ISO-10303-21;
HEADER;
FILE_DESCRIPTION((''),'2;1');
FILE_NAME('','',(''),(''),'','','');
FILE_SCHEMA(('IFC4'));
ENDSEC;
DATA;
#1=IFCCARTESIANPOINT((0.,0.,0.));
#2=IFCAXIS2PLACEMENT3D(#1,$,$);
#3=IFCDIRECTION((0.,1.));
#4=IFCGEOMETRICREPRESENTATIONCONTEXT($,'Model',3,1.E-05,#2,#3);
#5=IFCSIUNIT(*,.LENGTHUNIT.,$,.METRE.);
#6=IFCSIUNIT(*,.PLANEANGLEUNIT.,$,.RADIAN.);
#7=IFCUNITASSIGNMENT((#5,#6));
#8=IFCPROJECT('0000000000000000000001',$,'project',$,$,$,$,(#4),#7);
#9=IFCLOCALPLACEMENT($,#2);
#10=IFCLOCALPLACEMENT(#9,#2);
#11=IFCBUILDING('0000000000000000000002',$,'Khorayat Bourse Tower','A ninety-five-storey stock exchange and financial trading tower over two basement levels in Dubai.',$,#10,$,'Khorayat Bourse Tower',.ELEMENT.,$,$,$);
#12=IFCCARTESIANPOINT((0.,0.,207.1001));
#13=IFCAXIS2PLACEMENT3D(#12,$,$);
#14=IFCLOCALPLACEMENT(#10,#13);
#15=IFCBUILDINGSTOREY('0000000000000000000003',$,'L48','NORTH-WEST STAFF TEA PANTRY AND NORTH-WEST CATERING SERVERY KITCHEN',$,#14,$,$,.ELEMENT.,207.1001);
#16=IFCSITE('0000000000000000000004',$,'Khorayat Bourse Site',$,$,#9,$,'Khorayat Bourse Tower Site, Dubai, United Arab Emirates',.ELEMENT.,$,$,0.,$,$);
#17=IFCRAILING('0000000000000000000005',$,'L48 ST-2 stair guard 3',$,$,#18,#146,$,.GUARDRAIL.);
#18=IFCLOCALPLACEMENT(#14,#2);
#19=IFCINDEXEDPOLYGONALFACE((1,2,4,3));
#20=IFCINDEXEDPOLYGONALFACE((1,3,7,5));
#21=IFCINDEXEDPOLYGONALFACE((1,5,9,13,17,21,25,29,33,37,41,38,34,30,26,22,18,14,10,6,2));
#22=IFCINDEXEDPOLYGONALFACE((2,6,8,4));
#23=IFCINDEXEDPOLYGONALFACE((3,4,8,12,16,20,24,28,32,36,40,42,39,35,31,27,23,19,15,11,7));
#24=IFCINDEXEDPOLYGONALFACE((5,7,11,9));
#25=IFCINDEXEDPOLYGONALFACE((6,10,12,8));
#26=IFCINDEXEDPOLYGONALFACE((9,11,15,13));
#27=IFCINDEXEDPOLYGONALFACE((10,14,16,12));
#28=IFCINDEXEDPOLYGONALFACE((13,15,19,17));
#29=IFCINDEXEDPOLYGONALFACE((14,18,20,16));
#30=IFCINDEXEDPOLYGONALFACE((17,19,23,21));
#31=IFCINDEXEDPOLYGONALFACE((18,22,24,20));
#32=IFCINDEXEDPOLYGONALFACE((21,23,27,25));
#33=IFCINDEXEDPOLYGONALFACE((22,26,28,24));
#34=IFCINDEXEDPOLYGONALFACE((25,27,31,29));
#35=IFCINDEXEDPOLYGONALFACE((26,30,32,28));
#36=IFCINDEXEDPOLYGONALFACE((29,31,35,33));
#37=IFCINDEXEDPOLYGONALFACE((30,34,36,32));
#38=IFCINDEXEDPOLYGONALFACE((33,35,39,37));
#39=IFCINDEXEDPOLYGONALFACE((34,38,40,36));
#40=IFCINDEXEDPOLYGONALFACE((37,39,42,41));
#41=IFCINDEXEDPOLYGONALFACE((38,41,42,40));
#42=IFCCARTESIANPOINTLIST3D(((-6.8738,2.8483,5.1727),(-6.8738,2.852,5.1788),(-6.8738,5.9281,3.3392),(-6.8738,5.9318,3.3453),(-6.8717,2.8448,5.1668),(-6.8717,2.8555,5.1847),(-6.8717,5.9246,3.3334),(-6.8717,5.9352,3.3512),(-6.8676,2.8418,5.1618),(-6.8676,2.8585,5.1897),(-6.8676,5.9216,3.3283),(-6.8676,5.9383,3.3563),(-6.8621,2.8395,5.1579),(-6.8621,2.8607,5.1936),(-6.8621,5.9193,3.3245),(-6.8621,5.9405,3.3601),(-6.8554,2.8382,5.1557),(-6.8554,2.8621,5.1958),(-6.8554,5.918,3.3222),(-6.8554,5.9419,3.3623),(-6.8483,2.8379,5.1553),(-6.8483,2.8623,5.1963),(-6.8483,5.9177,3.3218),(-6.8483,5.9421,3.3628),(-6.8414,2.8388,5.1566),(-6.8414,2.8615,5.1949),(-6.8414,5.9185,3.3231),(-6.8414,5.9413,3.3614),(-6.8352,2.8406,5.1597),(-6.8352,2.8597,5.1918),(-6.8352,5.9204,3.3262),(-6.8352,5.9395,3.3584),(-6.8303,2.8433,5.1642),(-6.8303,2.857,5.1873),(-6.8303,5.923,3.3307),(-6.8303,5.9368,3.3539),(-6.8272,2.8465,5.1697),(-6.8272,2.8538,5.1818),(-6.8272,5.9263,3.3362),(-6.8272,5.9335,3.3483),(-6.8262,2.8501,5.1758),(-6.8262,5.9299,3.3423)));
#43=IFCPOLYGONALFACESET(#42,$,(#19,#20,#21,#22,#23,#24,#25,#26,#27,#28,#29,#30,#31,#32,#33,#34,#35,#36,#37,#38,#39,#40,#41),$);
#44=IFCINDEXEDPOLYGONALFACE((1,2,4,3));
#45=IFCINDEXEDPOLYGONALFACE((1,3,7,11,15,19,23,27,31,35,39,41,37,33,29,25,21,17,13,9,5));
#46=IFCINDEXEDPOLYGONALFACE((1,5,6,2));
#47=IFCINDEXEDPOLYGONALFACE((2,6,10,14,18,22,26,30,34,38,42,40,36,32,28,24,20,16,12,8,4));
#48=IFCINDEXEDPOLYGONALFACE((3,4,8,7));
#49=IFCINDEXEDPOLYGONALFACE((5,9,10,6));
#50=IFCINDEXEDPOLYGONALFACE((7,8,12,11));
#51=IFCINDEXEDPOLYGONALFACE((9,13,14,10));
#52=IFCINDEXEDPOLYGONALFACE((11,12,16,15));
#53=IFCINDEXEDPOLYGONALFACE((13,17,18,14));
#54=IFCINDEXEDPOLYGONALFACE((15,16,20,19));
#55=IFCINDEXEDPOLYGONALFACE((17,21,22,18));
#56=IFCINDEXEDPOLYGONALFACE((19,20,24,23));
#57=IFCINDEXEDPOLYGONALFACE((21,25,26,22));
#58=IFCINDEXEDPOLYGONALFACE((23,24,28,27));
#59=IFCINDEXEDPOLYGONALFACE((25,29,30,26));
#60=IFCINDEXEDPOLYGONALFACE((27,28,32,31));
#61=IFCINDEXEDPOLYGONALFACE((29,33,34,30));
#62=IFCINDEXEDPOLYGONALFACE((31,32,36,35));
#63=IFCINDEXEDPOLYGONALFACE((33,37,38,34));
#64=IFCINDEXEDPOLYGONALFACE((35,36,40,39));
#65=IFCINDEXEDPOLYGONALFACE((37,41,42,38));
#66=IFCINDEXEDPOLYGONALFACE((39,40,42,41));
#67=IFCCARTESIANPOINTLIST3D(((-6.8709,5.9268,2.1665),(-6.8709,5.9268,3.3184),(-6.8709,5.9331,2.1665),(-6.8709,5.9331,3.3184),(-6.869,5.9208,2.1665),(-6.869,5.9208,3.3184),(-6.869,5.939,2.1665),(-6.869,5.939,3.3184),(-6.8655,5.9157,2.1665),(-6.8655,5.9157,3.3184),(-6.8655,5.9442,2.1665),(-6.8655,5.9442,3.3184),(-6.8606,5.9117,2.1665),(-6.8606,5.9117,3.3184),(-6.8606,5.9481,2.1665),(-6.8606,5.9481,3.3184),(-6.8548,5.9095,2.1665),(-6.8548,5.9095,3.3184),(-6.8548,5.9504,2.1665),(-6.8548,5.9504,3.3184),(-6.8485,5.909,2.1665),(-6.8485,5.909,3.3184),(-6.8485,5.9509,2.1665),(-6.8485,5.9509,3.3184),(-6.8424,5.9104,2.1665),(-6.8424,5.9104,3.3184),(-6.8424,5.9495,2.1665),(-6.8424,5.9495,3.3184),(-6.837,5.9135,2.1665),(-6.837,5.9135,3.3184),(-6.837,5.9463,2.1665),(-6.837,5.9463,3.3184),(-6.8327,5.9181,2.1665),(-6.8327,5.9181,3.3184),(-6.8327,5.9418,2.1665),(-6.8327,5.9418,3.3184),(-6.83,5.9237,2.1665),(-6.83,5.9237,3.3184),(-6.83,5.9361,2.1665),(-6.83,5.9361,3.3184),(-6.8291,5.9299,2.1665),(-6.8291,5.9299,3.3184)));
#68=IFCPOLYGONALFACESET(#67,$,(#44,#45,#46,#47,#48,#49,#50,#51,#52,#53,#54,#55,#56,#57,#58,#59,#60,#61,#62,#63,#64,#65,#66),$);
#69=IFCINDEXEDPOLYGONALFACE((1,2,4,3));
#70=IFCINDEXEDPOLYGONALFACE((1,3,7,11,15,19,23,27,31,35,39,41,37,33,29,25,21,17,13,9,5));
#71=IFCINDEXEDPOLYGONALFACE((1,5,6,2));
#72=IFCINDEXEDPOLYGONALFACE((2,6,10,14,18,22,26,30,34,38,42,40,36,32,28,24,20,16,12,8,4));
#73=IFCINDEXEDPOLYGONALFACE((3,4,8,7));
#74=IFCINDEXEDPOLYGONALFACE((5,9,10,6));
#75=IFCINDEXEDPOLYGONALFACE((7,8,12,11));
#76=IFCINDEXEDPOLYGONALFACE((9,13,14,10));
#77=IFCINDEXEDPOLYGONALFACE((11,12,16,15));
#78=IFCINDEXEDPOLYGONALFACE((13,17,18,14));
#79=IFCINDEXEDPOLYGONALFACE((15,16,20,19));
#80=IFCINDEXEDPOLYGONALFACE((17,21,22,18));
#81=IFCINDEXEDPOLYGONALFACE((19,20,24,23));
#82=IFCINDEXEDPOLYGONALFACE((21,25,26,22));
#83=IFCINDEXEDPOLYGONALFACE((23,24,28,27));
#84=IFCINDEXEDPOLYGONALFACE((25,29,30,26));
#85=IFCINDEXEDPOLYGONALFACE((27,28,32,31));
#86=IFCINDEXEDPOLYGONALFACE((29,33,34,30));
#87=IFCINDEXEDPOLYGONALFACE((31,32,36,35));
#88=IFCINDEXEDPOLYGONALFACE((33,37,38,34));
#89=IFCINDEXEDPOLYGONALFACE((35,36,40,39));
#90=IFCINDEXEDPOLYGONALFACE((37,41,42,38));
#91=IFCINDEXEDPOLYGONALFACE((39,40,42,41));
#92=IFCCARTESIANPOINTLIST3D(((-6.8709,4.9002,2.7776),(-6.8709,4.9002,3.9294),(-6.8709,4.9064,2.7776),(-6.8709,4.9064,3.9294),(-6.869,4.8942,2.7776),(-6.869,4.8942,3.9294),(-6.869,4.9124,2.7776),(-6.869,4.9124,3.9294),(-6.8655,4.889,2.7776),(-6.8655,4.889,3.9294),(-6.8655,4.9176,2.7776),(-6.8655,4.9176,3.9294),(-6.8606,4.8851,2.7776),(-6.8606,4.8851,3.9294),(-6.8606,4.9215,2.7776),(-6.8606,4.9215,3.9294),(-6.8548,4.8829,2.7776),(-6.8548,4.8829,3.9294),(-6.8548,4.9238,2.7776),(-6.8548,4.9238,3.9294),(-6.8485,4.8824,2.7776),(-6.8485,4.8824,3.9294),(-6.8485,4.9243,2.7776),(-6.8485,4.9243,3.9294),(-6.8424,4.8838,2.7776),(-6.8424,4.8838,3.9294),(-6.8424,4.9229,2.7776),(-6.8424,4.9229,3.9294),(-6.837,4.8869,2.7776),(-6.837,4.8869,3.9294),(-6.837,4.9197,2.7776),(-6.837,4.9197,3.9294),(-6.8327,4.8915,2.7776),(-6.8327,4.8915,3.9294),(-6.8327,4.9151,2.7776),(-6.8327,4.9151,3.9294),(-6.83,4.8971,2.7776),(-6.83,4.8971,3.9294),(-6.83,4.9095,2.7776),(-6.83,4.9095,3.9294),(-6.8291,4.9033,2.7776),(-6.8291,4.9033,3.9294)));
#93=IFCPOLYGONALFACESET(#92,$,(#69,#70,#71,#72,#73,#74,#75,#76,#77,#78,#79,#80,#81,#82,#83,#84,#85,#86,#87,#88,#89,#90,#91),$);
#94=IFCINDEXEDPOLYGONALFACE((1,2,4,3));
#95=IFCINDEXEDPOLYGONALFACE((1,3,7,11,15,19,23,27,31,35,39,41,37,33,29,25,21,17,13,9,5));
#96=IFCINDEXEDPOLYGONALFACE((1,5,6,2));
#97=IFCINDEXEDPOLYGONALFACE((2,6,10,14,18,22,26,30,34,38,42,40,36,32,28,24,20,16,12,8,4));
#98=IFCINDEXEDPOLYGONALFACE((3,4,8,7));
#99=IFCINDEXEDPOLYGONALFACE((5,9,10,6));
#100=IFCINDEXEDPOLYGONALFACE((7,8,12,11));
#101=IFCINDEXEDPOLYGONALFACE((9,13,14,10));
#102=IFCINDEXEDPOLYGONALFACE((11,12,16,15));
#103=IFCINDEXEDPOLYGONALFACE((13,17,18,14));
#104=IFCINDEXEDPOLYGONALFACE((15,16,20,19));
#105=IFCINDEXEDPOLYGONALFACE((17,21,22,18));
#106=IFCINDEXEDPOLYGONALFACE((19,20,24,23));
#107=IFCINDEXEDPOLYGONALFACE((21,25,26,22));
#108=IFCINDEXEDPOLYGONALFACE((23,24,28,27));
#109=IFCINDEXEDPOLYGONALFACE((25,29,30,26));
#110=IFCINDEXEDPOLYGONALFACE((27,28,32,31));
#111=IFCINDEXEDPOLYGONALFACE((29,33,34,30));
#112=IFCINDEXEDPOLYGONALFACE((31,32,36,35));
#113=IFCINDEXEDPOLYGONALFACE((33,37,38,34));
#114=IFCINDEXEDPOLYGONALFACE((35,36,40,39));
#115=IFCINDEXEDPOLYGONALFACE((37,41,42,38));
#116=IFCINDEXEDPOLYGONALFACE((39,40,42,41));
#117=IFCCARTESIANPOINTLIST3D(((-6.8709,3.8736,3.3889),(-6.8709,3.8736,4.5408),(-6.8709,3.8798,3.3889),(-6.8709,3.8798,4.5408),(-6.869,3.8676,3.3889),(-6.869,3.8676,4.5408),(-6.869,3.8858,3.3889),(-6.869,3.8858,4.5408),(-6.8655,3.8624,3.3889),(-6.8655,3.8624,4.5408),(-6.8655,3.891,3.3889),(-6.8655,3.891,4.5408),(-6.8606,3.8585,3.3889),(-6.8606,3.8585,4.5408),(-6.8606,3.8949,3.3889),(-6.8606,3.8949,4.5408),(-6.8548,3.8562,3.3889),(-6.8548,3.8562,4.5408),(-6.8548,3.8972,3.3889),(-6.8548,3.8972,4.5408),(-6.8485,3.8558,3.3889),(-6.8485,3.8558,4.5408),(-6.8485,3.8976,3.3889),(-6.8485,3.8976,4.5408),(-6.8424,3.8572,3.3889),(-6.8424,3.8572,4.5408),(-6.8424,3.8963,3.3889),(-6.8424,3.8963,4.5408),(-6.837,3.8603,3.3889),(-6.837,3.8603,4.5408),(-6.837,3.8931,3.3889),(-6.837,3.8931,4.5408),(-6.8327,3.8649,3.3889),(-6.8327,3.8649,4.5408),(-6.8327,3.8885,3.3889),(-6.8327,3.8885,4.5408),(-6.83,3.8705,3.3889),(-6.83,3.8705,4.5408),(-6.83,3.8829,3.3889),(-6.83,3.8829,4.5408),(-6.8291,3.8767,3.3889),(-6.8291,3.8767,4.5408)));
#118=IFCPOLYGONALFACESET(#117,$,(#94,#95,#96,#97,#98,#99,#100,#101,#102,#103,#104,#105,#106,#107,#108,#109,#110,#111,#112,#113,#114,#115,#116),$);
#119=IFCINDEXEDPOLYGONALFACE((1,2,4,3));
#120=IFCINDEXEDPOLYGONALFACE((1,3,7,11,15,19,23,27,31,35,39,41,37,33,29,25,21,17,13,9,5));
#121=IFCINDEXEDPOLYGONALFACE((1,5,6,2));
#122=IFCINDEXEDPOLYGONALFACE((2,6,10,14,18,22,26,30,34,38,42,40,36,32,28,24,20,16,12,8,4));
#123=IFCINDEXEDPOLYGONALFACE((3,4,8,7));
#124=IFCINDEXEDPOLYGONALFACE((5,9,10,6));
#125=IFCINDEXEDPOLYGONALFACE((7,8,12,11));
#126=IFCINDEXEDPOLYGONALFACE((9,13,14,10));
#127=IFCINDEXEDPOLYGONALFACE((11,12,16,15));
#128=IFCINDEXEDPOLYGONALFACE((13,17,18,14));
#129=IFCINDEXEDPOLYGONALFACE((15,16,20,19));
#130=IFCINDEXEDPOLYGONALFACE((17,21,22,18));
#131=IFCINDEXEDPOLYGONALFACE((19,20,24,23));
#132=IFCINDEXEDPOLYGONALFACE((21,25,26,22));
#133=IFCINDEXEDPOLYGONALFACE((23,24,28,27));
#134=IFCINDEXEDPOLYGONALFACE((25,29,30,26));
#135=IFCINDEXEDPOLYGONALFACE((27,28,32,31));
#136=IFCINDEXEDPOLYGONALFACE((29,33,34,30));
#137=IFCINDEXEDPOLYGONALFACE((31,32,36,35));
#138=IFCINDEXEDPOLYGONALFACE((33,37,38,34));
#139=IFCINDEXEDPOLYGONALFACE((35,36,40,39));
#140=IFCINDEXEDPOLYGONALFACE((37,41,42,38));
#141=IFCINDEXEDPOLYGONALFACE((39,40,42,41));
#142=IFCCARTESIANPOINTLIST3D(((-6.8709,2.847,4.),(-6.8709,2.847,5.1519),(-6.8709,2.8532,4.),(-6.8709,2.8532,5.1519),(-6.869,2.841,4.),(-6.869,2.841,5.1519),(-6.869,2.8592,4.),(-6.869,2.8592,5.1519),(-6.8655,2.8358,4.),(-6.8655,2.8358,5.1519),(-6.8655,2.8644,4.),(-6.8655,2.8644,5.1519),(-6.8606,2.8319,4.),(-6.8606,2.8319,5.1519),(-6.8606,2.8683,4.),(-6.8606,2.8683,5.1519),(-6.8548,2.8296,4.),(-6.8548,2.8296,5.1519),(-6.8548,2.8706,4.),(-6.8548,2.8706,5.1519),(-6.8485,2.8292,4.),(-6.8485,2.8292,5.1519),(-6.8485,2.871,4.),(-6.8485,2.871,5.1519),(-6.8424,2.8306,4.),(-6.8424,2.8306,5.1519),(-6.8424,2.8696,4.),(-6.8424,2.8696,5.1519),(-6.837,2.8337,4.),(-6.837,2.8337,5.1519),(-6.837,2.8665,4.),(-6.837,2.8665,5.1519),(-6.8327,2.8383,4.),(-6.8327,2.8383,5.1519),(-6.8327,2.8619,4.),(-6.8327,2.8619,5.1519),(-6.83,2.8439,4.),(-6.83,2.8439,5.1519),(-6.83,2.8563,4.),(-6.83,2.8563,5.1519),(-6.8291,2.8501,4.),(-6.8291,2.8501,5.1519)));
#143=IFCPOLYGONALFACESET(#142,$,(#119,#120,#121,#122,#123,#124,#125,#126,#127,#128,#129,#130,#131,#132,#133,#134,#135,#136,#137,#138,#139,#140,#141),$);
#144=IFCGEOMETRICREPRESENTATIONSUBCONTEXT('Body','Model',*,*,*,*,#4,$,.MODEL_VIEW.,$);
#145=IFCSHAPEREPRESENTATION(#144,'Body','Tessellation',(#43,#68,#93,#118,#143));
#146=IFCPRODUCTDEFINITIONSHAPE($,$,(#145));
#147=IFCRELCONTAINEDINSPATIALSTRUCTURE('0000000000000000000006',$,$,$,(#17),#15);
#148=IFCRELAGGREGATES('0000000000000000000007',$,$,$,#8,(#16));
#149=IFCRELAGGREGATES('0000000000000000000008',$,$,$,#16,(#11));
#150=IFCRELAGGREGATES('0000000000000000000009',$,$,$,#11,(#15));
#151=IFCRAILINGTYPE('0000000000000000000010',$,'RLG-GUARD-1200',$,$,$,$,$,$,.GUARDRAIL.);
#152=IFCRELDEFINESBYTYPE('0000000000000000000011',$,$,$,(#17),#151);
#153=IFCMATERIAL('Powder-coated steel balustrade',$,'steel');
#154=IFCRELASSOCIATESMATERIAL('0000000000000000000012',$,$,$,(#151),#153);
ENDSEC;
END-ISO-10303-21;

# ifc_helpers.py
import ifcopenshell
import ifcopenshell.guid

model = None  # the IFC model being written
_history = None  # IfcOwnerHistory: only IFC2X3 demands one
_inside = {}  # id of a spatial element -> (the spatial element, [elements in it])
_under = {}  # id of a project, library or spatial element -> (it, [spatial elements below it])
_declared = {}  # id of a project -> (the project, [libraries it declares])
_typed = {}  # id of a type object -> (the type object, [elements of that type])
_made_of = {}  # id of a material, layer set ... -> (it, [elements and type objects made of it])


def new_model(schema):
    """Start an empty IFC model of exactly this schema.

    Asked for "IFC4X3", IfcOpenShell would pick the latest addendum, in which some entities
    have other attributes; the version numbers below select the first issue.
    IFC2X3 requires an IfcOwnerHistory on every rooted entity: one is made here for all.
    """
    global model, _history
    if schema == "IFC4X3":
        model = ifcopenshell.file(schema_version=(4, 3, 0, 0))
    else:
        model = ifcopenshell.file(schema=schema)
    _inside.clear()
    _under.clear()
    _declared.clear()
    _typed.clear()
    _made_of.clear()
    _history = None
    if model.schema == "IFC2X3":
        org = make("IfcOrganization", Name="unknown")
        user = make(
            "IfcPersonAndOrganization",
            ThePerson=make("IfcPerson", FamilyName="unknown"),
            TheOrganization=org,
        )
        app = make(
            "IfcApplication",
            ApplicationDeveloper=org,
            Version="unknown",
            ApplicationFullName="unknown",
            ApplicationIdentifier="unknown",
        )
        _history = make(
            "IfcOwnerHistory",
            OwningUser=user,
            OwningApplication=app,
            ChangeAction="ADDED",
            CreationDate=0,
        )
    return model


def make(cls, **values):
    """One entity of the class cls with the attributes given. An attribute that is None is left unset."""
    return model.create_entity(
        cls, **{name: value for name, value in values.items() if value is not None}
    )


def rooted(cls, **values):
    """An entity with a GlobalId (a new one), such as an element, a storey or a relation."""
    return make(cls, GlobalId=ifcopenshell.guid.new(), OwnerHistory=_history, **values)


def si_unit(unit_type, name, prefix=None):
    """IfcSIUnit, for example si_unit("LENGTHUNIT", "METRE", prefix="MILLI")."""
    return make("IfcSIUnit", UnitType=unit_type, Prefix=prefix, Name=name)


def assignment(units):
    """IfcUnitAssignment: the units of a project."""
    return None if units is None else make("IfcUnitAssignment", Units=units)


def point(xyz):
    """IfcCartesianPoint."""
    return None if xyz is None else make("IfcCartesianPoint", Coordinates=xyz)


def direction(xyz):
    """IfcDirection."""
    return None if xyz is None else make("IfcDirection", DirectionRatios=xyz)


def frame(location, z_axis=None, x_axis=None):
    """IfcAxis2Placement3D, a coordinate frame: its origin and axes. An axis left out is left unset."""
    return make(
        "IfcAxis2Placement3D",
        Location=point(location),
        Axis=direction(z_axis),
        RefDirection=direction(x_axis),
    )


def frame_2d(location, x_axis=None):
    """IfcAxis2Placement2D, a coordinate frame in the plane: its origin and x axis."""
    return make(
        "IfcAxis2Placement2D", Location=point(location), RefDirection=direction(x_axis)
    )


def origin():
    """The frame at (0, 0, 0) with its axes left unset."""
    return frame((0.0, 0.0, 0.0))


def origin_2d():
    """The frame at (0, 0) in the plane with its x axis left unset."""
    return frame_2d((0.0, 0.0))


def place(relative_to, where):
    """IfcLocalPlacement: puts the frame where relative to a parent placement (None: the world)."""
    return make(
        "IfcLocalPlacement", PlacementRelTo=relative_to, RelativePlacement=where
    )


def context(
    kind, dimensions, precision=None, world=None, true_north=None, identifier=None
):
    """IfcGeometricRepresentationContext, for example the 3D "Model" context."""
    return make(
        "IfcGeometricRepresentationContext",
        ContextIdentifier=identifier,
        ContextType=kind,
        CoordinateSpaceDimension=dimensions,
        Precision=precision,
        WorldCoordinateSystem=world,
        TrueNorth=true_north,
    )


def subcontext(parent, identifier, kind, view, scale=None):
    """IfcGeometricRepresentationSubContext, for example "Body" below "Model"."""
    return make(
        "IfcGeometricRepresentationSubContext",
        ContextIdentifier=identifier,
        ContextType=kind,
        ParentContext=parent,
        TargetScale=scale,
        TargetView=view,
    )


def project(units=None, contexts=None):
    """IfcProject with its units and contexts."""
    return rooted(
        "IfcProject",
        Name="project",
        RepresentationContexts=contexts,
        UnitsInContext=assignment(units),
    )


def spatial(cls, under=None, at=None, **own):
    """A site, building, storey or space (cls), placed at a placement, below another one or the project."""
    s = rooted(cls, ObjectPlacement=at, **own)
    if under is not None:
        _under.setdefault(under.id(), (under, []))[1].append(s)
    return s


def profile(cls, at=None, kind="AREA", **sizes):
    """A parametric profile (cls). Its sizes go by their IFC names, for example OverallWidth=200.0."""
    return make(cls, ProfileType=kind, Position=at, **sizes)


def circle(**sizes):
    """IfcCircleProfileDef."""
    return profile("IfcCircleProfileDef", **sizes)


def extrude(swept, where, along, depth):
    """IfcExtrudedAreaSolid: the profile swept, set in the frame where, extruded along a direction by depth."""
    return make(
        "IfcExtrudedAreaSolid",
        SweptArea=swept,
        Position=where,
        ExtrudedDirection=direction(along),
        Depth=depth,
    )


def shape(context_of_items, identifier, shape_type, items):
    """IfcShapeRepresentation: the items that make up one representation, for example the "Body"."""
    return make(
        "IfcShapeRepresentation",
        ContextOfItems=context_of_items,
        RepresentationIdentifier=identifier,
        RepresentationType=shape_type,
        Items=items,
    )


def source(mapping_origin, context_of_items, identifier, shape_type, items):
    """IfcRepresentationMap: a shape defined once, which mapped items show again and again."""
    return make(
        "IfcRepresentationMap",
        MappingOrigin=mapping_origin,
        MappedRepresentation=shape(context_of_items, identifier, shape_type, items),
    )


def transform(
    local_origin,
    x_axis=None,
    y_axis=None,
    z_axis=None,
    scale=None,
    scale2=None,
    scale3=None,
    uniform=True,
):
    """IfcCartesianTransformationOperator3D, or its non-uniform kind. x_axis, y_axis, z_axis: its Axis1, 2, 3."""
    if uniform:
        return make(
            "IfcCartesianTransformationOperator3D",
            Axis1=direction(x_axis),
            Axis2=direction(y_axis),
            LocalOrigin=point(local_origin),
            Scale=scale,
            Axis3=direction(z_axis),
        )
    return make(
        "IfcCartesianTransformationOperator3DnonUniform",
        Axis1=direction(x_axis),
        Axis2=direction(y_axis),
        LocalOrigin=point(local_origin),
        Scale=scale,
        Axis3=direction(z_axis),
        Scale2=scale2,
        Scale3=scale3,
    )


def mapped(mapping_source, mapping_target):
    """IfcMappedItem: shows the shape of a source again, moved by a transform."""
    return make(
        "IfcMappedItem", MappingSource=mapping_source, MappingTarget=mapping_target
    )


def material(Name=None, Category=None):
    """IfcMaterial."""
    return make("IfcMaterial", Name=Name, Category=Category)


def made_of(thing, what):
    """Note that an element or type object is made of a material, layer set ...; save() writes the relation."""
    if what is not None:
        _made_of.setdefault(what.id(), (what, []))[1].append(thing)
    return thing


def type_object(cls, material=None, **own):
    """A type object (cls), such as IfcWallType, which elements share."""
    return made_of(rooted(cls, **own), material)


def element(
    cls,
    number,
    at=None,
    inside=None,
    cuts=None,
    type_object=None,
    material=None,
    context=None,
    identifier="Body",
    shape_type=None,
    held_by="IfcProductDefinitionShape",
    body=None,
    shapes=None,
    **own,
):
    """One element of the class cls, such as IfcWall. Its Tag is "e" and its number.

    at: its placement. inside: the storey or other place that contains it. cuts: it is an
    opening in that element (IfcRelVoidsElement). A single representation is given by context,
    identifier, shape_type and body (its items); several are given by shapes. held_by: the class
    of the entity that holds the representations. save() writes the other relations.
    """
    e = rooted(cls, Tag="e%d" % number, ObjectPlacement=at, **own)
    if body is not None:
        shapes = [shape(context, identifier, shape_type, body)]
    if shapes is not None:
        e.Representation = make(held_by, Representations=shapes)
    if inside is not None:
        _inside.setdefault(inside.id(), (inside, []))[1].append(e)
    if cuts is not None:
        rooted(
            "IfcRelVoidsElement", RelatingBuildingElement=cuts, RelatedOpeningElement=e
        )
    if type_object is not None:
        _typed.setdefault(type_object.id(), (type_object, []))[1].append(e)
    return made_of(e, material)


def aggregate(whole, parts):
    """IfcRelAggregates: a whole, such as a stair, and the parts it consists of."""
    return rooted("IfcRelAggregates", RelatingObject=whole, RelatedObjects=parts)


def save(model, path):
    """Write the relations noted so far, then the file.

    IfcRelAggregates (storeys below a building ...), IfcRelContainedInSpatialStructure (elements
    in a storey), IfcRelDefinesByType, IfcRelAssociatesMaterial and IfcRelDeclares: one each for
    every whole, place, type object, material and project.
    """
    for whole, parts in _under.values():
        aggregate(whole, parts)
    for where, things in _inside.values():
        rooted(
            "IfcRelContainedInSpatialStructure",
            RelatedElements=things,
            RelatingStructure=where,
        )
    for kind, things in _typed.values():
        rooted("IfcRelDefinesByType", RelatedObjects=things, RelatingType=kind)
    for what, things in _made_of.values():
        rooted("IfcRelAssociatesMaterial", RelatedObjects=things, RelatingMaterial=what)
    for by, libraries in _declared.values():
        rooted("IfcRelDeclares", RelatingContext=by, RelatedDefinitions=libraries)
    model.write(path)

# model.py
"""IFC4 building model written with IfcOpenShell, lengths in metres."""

from ifc_helpers import new_model, si_unit, direction, frame, origin, origin_2d, place, context, subcontext, project, spatial, circle, extrude, source, transform, mapped, material, type_object, element, save


model = new_model("IFC4")

# Units and contexts
model_context = context("Model", 3, precision=1e-05, world=origin(), true_north=direction((0.0, 1.0)))
body_context = subcontext(model_context, "Body", "Model", "MODEL_VIEW")
ifc_project = project(units=[si_unit("LENGTHUNIT", "METRE"), si_unit("PLANEANGLEUNIT", "RADIAN")], contexts=[model_context])

# Site, building, storey
site_placement = place(None, origin())
site = spatial("IfcSite", under=ifc_project, at=site_placement, Name="Khorayat Bourse Site", LongName="Khorayat Bourse Tower Site, Dubai, United Arab Emirates", CompositionType="ELEMENT", RefElevation=0.0)
building_placement = place(site_placement, origin())
building = spatial("IfcBuilding", under=site, at=building_placement, Name="Khorayat Bourse Tower", Description="A ninety-five-storey stock exchange and financial trading tower over two basement levels in Dubai.", LongName="Khorayat Bourse Tower", CompositionType="ELEMENT")
storey_placement = place(building_placement, frame((0.0, 0.0, 207.1001)))
storey = spatial("IfcBuildingStorey", under=building, at=storey_placement, Name="L48", Description="NORTH-WEST STAFF TEA PANTRY AND NORTH-WEST CATERING SERVERY KITCHEN", CompositionType="ELEMENT", Elevation=207.1001)

# Railing
ifc_material_1 = material(Name="Powder-coated steel balustrade", Category="steel")
railing_type_1 = type_object("IfcRailingType", Name="RLG-GUARD-1200", PredefinedType="GUARDRAIL", material=ifc_material_1)
shared_shape_1 = source(origin(), body_context, "Body", "SweptSolid", [
    extrude(circle(Radius=0.0239, at=origin_2d()), frame((0.0, 0.0, 1.1758), z_axis=(0.0, -0.859261, 0.511538), x_axis=(1.0, 0.0, 0.0)), (0.0, 0.0, 1.0), 3.5842),
    extrude(circle(Radius=0.021, at=origin_2d()), origin(), (0.0, 0.0, 1.0), 1.1519),
    extrude(circle(Radius=0.021, at=origin_2d()), frame((0.0, -1.0266, 0.6111)), (0.0, 0.0, 1.0), 1.1519),
    extrude(circle(Radius=0.021, at=origin_2d()), frame((0.0, -2.0532, 1.2224)), (0.0, 0.0, 1.0), 1.1519),
    extrude(circle(Radius=0.021, at=origin_2d()), frame((0.0, -3.0798, 1.8335)), (0.0, 0.0, 1.0), 1.1519),
])
railing_1_placement = place(storey_placement, frame((-6.8501, 5.9299, 2.1665)))
element("IfcRailing", 1, at=railing_1_placement, inside=storey, type_object=railing_type_1, Name="L48 ST-2 stair guard 3", PredefinedType="GUARDRAIL", context=body_context, shape_type="MappedRepresentation", body=[
    mapped(shared_shape_1, transform((0.0, 0.0, 0.0), scale=1.0)),
])

save(model, "model.ifc")
